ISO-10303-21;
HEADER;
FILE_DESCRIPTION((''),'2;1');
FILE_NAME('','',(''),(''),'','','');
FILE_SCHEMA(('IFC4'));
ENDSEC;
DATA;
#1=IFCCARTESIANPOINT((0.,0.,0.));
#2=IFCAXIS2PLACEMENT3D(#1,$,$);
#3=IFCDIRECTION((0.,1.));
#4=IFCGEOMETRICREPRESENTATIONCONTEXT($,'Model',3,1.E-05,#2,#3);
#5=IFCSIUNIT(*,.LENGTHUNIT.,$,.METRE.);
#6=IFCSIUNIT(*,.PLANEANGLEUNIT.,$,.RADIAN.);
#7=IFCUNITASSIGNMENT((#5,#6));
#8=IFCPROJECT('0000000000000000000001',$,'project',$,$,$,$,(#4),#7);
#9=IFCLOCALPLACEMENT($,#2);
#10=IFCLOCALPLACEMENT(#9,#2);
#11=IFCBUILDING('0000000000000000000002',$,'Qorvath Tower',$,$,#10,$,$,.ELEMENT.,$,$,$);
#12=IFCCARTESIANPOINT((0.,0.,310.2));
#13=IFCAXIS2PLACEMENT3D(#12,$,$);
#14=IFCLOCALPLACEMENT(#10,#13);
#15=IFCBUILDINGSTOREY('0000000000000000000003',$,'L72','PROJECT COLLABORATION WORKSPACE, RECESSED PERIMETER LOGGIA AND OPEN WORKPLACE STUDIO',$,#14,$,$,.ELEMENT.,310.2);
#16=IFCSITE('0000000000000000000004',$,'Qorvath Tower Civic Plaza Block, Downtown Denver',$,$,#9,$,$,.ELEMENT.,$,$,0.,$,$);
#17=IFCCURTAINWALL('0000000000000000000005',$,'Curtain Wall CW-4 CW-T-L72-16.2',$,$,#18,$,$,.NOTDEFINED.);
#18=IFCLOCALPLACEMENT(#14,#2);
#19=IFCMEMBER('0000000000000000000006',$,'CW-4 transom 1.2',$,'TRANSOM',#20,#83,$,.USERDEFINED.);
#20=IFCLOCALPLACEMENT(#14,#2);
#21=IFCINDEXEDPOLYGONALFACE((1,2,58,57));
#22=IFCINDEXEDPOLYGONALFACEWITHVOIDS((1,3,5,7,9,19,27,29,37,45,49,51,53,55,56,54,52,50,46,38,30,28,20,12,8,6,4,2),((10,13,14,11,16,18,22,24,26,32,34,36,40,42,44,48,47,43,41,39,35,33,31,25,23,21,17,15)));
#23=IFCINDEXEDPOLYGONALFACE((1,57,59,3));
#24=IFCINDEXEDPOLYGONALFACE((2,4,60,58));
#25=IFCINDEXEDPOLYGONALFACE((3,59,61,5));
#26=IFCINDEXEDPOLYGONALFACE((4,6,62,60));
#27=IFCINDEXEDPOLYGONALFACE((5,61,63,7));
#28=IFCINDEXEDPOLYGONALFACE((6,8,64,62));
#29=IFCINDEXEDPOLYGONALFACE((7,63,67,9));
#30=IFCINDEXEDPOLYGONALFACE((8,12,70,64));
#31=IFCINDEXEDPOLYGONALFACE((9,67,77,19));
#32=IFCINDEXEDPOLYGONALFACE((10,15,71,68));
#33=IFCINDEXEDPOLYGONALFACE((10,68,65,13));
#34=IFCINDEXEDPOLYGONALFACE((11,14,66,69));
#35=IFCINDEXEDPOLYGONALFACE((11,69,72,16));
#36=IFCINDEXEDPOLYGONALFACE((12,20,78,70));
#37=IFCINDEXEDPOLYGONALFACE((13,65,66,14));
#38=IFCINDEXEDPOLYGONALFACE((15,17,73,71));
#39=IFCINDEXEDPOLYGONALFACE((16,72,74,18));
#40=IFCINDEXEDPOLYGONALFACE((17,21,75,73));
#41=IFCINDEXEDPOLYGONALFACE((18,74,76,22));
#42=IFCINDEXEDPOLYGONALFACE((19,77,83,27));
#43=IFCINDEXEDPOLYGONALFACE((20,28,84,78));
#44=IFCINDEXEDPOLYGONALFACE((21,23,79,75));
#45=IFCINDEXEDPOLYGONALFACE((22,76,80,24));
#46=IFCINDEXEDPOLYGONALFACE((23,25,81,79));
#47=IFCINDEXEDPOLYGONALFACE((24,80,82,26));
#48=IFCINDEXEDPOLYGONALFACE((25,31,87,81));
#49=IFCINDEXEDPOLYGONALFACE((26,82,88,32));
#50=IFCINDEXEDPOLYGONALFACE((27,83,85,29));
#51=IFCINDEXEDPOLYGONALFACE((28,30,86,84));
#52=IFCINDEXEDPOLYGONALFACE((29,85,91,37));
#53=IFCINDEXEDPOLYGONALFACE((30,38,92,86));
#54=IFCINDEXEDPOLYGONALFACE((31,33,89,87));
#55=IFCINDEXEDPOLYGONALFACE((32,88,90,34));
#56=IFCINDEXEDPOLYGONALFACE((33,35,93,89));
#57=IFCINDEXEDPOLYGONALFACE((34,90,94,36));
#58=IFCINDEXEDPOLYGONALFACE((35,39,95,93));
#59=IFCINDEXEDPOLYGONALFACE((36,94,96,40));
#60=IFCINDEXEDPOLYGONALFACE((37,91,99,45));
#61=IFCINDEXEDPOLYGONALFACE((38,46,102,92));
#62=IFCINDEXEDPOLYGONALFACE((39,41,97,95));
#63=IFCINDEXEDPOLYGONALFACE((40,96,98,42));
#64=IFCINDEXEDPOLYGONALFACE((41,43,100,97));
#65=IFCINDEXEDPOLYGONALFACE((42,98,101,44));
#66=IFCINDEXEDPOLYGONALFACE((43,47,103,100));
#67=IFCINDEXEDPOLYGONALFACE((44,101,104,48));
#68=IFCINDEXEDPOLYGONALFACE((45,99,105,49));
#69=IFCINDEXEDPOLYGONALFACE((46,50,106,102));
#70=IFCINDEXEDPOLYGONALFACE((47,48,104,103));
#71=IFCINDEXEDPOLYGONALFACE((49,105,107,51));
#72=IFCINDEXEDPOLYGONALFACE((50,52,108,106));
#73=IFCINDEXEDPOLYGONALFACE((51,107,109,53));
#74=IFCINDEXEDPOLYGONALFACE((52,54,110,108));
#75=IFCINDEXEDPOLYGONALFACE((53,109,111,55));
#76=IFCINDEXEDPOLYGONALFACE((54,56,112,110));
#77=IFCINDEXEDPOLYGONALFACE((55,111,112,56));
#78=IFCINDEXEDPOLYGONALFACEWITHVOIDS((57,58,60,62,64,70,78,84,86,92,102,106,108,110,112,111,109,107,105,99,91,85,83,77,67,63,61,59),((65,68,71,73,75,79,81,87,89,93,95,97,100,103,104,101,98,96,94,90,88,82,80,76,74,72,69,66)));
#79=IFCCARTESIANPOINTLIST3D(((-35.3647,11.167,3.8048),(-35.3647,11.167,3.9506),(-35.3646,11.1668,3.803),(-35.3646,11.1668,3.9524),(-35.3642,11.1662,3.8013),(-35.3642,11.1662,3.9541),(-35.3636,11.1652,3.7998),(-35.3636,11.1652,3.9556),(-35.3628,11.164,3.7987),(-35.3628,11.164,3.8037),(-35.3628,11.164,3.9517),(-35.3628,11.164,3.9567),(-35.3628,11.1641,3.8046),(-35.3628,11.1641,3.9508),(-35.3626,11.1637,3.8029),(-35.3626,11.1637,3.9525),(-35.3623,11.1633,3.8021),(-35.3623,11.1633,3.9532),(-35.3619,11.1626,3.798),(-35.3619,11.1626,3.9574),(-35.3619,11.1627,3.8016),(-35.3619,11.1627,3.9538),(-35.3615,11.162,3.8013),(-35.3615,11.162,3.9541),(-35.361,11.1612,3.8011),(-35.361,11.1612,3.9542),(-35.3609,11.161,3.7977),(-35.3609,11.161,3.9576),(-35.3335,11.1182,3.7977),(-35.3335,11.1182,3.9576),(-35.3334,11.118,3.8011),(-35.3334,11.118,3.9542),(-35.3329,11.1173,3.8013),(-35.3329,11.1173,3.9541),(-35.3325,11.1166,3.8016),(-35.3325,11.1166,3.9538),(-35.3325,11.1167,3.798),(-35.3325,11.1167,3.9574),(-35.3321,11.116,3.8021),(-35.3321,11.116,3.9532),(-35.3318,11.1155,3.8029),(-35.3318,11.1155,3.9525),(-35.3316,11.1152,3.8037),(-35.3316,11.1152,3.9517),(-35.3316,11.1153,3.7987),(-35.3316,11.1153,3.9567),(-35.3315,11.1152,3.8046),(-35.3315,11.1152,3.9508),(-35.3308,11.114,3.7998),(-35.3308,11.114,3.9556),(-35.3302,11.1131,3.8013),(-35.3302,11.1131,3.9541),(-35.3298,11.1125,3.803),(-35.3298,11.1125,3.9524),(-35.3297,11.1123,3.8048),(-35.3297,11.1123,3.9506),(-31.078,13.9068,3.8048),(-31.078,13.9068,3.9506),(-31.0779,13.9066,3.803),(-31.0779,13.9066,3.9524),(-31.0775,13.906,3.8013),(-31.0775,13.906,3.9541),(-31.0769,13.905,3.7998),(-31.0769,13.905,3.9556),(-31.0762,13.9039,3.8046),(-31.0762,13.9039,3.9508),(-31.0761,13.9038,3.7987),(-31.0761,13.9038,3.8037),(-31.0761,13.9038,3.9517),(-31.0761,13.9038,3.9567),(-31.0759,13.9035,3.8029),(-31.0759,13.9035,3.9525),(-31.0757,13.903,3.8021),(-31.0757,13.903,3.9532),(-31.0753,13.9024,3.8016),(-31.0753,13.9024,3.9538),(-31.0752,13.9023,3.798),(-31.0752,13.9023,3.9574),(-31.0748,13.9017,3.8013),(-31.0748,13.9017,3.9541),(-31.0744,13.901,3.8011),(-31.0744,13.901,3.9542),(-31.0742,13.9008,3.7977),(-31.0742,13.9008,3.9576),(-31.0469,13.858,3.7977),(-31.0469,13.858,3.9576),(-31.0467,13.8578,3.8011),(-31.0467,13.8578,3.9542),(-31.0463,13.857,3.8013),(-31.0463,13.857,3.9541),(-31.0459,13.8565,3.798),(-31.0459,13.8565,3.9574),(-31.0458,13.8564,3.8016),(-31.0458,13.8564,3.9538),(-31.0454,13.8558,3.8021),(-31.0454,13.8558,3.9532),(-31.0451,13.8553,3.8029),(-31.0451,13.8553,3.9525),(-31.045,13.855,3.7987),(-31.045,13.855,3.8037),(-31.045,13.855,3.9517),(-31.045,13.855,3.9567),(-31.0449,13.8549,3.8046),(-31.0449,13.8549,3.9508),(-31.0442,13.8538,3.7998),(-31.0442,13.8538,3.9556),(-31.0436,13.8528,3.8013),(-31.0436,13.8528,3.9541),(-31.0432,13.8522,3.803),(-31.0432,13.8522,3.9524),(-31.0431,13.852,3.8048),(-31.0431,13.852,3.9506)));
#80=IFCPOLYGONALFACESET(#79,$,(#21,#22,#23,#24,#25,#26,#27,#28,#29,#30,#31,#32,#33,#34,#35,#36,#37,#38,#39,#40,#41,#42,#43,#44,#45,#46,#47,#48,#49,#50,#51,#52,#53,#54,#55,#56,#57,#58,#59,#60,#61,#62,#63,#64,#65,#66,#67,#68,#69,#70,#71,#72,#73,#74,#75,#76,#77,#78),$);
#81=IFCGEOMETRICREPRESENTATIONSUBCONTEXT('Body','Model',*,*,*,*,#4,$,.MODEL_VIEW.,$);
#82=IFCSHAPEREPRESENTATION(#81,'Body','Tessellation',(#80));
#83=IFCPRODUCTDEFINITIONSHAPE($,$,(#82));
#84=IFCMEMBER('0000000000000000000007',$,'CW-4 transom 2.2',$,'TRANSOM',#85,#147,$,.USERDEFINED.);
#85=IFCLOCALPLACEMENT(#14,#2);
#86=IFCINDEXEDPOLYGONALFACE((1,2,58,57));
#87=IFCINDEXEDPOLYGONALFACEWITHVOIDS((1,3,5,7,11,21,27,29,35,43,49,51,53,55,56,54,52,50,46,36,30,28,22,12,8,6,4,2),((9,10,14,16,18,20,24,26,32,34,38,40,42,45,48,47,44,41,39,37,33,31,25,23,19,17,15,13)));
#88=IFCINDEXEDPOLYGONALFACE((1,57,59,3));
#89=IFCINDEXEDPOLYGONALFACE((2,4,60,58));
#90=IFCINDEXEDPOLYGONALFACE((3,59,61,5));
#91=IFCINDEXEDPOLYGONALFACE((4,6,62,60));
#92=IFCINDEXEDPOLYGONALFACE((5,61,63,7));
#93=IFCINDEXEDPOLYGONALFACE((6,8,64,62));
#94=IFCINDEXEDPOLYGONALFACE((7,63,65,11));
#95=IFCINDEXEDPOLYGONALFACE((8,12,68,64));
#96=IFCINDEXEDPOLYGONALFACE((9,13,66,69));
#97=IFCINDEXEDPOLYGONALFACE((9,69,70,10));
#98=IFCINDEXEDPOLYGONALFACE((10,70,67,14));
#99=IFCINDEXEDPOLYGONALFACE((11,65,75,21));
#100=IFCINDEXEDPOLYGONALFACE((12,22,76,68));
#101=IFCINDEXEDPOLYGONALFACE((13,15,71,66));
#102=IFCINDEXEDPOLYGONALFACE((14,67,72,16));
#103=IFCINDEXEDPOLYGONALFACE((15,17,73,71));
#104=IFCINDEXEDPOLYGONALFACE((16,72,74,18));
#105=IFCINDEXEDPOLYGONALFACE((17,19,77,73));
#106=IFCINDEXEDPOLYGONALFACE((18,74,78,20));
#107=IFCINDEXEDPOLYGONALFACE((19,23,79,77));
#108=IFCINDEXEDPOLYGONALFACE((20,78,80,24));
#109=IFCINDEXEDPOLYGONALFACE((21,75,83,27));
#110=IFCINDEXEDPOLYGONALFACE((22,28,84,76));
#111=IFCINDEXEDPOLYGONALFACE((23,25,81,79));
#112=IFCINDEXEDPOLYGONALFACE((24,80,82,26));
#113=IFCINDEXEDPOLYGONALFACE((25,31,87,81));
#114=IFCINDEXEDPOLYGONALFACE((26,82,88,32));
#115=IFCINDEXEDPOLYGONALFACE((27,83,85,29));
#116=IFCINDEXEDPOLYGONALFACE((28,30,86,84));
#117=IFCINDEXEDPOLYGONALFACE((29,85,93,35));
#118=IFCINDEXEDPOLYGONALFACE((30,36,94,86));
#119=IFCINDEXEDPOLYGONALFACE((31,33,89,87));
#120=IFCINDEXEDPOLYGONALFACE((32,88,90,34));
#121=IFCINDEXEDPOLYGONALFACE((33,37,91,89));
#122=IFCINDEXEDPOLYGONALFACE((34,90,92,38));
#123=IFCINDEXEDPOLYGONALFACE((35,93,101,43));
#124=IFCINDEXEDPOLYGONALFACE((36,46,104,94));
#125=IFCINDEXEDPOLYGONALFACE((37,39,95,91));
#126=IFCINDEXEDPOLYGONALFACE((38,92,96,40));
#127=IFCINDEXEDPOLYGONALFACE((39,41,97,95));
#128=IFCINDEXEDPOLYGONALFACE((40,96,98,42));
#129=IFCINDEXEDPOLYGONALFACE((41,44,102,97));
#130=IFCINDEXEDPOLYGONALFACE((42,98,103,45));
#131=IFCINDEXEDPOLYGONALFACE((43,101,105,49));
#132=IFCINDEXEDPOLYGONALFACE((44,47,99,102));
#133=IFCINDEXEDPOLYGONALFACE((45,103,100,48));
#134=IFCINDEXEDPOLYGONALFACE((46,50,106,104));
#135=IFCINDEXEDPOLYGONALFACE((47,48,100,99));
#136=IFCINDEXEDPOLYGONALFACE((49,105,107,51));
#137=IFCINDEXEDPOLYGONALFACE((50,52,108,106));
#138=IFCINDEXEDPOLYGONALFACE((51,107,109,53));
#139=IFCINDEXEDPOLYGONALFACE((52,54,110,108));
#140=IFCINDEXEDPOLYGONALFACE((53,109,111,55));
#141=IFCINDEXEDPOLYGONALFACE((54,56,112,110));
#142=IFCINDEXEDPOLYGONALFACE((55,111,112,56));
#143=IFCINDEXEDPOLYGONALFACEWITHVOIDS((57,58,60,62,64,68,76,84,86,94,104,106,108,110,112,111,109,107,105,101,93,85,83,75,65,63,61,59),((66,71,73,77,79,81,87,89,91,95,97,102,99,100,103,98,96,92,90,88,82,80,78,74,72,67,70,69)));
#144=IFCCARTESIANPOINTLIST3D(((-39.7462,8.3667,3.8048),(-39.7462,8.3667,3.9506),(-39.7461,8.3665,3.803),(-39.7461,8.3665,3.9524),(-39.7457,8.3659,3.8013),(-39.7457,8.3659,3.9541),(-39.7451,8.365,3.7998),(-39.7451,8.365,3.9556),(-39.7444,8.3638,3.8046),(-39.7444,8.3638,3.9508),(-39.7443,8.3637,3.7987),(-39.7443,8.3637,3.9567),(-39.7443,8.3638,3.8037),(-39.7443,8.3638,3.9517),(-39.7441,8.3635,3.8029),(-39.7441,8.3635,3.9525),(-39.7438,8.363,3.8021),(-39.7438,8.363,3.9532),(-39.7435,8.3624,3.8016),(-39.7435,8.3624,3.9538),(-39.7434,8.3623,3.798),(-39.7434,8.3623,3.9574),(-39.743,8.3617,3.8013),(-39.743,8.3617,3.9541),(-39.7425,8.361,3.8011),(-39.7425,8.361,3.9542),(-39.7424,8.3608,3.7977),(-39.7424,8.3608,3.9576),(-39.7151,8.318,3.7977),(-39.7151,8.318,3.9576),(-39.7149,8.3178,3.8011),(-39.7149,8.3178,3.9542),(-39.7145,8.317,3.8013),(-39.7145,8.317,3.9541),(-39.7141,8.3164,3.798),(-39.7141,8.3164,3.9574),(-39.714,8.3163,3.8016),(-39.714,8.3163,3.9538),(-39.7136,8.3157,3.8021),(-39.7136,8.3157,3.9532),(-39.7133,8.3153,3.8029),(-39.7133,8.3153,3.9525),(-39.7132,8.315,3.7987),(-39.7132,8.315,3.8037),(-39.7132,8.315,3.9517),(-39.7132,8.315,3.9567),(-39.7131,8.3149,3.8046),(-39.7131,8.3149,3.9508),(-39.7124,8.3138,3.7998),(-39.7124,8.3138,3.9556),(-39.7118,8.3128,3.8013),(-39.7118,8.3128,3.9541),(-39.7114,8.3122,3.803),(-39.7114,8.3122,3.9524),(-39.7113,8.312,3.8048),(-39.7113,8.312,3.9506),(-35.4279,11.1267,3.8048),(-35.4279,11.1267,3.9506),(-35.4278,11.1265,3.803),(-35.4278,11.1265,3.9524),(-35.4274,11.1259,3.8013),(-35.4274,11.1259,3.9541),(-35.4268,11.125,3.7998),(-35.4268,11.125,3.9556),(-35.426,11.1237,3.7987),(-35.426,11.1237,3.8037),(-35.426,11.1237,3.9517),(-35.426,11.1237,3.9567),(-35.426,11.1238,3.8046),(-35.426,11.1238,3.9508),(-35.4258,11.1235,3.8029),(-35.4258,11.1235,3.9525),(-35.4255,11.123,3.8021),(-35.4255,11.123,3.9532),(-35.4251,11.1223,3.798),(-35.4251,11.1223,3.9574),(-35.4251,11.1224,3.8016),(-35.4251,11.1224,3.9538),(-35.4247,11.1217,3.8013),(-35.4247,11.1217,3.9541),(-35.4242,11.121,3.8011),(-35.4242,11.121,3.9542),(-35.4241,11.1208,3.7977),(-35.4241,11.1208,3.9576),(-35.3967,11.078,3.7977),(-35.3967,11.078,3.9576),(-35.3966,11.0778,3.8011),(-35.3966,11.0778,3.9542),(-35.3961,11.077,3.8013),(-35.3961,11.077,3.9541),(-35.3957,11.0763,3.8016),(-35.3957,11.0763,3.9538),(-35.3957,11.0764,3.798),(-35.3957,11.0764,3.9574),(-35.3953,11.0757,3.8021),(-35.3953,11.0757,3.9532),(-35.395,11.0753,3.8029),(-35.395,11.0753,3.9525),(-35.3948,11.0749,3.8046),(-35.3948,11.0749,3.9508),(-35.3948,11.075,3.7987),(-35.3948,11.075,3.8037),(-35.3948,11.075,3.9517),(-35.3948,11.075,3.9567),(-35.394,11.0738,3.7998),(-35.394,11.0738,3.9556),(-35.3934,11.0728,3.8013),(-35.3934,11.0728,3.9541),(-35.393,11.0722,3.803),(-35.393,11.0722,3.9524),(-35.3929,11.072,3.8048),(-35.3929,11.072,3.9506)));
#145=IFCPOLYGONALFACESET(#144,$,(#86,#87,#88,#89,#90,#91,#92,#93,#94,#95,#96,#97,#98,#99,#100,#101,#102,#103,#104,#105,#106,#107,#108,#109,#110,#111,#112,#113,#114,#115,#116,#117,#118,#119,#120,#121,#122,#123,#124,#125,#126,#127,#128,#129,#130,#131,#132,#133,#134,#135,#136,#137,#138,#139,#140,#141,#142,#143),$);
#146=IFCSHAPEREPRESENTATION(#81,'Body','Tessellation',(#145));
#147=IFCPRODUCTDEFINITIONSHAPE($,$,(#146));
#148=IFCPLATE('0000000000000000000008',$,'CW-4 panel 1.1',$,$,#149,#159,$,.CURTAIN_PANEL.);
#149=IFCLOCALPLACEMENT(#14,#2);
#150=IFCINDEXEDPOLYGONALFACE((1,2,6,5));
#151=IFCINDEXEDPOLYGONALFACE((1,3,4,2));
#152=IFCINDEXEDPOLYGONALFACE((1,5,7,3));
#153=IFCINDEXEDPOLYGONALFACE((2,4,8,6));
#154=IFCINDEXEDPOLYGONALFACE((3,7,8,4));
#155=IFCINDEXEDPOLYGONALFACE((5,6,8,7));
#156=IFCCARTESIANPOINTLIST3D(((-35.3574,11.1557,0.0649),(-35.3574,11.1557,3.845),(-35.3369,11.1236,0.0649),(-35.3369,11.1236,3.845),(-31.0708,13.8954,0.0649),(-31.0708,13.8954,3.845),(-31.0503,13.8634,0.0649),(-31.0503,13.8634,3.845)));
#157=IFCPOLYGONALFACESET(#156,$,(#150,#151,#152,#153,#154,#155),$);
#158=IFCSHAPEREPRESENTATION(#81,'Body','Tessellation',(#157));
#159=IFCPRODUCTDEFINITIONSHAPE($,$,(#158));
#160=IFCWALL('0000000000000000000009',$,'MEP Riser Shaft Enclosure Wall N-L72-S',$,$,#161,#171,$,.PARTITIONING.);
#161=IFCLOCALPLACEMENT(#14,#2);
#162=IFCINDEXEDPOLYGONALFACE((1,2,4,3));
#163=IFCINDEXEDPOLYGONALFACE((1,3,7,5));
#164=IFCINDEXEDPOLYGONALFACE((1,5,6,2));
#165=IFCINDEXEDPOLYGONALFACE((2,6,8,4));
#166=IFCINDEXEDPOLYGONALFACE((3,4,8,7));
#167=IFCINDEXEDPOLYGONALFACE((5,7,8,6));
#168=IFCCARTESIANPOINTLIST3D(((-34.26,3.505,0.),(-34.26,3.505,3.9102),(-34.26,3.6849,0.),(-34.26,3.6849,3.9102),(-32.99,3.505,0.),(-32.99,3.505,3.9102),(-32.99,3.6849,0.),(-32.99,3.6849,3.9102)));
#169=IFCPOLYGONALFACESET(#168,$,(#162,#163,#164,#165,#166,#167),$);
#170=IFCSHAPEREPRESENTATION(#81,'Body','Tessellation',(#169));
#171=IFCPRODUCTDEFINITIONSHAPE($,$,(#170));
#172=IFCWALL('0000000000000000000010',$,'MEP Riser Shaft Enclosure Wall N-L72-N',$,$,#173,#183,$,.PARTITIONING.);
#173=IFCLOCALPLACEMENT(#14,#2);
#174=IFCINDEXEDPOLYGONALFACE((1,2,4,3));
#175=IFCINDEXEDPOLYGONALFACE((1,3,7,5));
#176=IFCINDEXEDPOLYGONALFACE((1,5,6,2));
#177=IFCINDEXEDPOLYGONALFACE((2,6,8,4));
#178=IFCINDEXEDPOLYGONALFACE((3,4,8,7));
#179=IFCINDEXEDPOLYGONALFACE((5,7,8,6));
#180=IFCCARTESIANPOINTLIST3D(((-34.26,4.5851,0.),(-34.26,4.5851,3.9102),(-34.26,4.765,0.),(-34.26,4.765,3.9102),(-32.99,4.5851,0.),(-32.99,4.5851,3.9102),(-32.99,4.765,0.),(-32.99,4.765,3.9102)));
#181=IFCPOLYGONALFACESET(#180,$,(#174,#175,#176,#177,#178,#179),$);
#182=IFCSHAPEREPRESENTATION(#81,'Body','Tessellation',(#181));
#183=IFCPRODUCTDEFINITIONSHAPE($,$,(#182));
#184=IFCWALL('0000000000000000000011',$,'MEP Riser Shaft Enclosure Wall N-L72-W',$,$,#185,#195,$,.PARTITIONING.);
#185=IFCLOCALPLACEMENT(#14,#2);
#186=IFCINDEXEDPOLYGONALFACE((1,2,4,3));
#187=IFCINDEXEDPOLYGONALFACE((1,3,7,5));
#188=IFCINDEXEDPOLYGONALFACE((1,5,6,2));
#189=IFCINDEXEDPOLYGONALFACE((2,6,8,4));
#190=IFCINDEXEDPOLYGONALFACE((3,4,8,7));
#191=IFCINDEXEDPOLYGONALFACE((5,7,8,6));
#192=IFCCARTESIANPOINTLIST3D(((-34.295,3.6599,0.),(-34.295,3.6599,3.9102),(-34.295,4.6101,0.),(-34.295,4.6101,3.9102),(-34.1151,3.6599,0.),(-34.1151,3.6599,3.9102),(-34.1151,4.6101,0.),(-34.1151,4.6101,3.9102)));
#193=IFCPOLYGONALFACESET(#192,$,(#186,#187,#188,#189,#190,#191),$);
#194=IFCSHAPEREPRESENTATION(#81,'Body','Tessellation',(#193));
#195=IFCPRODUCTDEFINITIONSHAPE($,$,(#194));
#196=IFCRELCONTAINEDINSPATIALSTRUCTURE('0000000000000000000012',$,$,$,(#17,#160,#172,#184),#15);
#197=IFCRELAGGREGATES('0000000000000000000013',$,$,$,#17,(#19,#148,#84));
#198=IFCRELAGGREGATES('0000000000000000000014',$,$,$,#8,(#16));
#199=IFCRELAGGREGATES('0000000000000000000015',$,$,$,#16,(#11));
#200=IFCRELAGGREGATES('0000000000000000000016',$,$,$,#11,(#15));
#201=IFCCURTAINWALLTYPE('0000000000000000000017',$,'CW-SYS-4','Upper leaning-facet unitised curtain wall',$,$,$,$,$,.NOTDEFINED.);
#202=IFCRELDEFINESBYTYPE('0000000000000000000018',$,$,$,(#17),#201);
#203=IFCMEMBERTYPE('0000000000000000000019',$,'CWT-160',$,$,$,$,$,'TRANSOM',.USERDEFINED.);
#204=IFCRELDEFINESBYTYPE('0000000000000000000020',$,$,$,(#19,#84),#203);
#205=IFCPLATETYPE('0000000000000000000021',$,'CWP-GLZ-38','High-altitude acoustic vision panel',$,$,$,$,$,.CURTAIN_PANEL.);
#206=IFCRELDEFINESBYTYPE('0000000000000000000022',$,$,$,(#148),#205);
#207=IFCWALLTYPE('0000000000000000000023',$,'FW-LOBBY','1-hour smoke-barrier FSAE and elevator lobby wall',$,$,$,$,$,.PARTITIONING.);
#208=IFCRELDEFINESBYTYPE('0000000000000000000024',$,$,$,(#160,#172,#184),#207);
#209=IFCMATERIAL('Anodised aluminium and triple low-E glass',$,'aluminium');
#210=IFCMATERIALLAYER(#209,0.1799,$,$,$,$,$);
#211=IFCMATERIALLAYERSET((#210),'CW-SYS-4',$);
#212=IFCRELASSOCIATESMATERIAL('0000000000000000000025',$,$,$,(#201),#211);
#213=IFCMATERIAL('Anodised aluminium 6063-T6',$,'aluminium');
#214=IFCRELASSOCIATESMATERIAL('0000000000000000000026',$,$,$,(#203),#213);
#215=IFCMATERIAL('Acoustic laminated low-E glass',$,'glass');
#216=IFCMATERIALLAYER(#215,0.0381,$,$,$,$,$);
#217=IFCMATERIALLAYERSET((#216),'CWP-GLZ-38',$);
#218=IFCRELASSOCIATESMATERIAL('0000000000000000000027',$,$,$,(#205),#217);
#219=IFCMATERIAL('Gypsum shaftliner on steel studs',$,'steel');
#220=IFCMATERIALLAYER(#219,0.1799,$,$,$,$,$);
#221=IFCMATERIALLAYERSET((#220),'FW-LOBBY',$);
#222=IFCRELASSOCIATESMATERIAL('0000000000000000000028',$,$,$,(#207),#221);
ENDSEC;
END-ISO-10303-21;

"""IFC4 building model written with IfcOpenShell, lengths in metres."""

from ifc_helpers import new_model, si_unit, direction, frame, frame_2d, origin, origin_2d, place, context, subcontext, project, spatial, rectangle, hollow_rectangle, extrude, material, layer, layer_set, material_profile, profile_set, type_object, element, aggregate, save


model = new_model("IFC4")

# Units and contexts
model_context = context("Model", 3, precision=1e-05, world=origin(), true_north=direction((0.0, 1.0)))
body_context = subcontext(model_context, "Body", "Model", "MODEL_VIEW")
ifc_project = project(units=[si_unit("LENGTHUNIT", "METRE"), si_unit("PLANEANGLEUNIT", "RADIAN")], contexts=[model_context])

# Site, building, storey
site_placement = place(None, origin())
site = spatial("IfcSite", under=ifc_project, at=site_placement, Name="Qorvath Tower Civic Plaza Block, Downtown Denver", CompositionType="ELEMENT", RefElevation=0.0)
building_placement = place(site_placement, origin())
building = spatial("IfcBuilding", under=site, at=building_placement, Name="Qorvath Tower", CompositionType="ELEMENT")
storey_placement = place(building_placement, frame((0.0, 0.0, 310.2)))
storey = spatial("IfcBuildingStorey", under=building, at=storey_placement, Name="L72", Description="PROJECT COLLABORATION WORKSPACE, RECESSED PERIMETER LOGGIA AND OPEN WORKPLACE STUDIO", CompositionType="ELEMENT", Elevation=310.2)

# Shared definitions
ifc_material_1 = material(Name="Anodised aluminium and triple low-E glass", Category="aluminium")
ifc_layer_1 = layer(ifc_material_1, 0.1799)
ifc_layer_set_1 = layer_set([ifc_layer_1], Name="CW-SYS-4")
curtain_wall_type = type_object("IfcCurtainWallType", Name="CW-SYS-4", Description="Upper leaning-facet unitised curtain wall", PredefinedType="NOTDEFINED", material=ifc_layer_set_1)

# Curtain wall, members, plate
curtain_wall_1_placement = place(storey_placement, origin())
curtain_wall_1 = element("IfcCurtainWall", 1, at=curtain_wall_1_placement, inside=storey, type_object=curtain_wall_type, Name="Curtain Wall CW-4 CW-T-L72-16.2", PredefinedType="NOTDEFINED")
ifc_material_2 = material(Name="Anodised aluminium 6063-T6", Category="aluminium")
ifc_material_profile_1 = material_profile(ifc_material_2, hollow_rectangle(XDim=0.0649, YDim=0.1599, WallThickness=0.0034, InnerFilletRadius=0.0034, OuterFilletRadius=0.0071, at=origin_2d()), Name="CWT 160x65")
ifc_profile_set_1 = profile_set([ifc_material_profile_1], Name="Anodised aluminium 6063-T6")
member_type_1 = type_object("IfcMemberType", Name="CWT-160", ElementType="TRANSOM", PredefinedType="USERDEFINED", material=ifc_profile_set_1)
member_1_placement = place(storey_placement, frame((-31.0605, 13.8794, 3.8777), z_axis=(-0.842601, -0.538539, 0.0), x_axis=(0.538539, -0.842601, 0.0)))
member_1 = element("IfcMember", 2, at=member_1_placement, type_object=member_type_1, Name="CW-4 transom 1.2", ObjectType="TRANSOM", PredefinedType="USERDEFINED", context=body_context, shape_type="SweptSolid", body=[
    extrude(hollow_rectangle(XDim=0.0649, YDim=0.1599, WallThickness=0.0034, InnerFilletRadius=0.0034, OuterFilletRadius=0.0071, at=origin_2d()), origin(), (0.0, 0.0, 1.0), 5.0874),
])
member_2_placement = place(storey_placement, frame((-35.4104, 11.0994, 3.8777), z_axis=(-0.842603, -0.538536, 0.0), x_axis=(0.538536, -0.842603, 0.0)))
member_2 = element("IfcMember", 3, at=member_2_placement, type_object=member_type_1, Name="CW-4 transom 2.2", ObjectType="TRANSOM", PredefinedType="USERDEFINED", context=body_context, shape_type="SweptSolid", body=[
    extrude(hollow_rectangle(XDim=0.0649, YDim=0.1599, WallThickness=0.0034, InnerFilletRadius=0.0034, OuterFilletRadius=0.0071, at=origin_2d()), origin(), (0.0, 0.0, 1.0), 5.125),
])
ifc_material_3 = material(Name="Acoustic laminated low-E glass", Category="glass")
ifc_layer_2 = layer(ifc_material_3, 0.0381)
ifc_layer_set_2 = layer_set([ifc_layer_2], Name="CWP-GLZ-38")
plate_type = type_object("IfcPlateType", Name="CWP-GLZ-38", Description="High-altitude acoustic vision panel", PredefinedType="CURTAIN_PANEL", material=ifc_layer_set_2)
plate_placement = place(storey_placement, frame((-33.2039, 12.5095, 0.0649), z_axis=(0.0, 0.0, 1.0), x_axis=(-0.842601, -0.538538, 0.0)))
plate = element("IfcPlate", 4, at=plate_placement, type_object=plate_type, Name="CW-4 panel 1.1", PredefinedType="CURTAIN_PANEL", context=body_context, shape_type="SweptSolid", body=[
    extrude(rectangle(XDim=5.0874, YDim=0.0381, at=origin_2d()), origin(), (0.0, 0.0, 1.0), 3.78),
])
aggregate(curtain_wall_1, [member_1, plate, member_2])

# Walls
ifc_material_4 = material(Name="Gypsum shaftliner on steel studs", Category="steel")
ifc_layer_3 = layer(ifc_material_4, 0.1799)
ifc_layer_set_3 = layer_set([ifc_layer_3], Name="FW-LOBBY")
wall_type_1 = type_object("IfcWallType", Name="FW-LOBBY", Description="1-hour smoke-barrier FSAE and elevator lobby wall", PredefinedType="PARTITIONING", material=ifc_layer_set_3)
for number, where, z_axis, x_axis, name in (
    (5, (-32.99, 3.595, 0.0), (0.0, 0.0, 1.0), (-1.0, 0.0, 0.0), "MEP Riser Shaft Enclosure Wall N-L72-S"),
    (6, (-34.26, 4.675, 0.0), (0.0, 0.0, 1.0), (1.0, 0.0, 0.0), "MEP Riser Shaft Enclosure Wall N-L72-N"),
):
    element("IfcWall", number, at=place(storey_placement, frame(where, z_axis=z_axis, x_axis=x_axis)), inside=storey, type_object=wall_type_1, Name=name, PredefinedType="PARTITIONING", context=body_context, shape_type="SweptSolid", body=[
        extrude(rectangle(XDim=1.27, YDim=0.1799, at=frame_2d((0.635, 0.0))), origin(), (0.0, 0.0, 1.0), 3.9102),
    ])
for number, where, z_axis, x_axis, name in (
    (7, (-34.2051, 3.6599, 0.0), (0.0, 0.0, 1.0), (0.0, 1.0, 0.0), "MEP Riser Shaft Enclosure Wall N-L72-W"),
):
    element("IfcWall", number, at=place(storey_placement, frame(where, z_axis=z_axis, x_axis=x_axis)), inside=storey, type_object=wall_type_1, Name=name, PredefinedType="PARTITIONING", context=body_context, shape_type="SweptSolid", body=[
        extrude(rectangle(XDim=0.9502, YDim=0.1799, at=frame_2d((0.4751, 0.0))), origin(), (0.0, 0.0, 1.0), 3.9102),
    ])

save(model, "model.ifc")
